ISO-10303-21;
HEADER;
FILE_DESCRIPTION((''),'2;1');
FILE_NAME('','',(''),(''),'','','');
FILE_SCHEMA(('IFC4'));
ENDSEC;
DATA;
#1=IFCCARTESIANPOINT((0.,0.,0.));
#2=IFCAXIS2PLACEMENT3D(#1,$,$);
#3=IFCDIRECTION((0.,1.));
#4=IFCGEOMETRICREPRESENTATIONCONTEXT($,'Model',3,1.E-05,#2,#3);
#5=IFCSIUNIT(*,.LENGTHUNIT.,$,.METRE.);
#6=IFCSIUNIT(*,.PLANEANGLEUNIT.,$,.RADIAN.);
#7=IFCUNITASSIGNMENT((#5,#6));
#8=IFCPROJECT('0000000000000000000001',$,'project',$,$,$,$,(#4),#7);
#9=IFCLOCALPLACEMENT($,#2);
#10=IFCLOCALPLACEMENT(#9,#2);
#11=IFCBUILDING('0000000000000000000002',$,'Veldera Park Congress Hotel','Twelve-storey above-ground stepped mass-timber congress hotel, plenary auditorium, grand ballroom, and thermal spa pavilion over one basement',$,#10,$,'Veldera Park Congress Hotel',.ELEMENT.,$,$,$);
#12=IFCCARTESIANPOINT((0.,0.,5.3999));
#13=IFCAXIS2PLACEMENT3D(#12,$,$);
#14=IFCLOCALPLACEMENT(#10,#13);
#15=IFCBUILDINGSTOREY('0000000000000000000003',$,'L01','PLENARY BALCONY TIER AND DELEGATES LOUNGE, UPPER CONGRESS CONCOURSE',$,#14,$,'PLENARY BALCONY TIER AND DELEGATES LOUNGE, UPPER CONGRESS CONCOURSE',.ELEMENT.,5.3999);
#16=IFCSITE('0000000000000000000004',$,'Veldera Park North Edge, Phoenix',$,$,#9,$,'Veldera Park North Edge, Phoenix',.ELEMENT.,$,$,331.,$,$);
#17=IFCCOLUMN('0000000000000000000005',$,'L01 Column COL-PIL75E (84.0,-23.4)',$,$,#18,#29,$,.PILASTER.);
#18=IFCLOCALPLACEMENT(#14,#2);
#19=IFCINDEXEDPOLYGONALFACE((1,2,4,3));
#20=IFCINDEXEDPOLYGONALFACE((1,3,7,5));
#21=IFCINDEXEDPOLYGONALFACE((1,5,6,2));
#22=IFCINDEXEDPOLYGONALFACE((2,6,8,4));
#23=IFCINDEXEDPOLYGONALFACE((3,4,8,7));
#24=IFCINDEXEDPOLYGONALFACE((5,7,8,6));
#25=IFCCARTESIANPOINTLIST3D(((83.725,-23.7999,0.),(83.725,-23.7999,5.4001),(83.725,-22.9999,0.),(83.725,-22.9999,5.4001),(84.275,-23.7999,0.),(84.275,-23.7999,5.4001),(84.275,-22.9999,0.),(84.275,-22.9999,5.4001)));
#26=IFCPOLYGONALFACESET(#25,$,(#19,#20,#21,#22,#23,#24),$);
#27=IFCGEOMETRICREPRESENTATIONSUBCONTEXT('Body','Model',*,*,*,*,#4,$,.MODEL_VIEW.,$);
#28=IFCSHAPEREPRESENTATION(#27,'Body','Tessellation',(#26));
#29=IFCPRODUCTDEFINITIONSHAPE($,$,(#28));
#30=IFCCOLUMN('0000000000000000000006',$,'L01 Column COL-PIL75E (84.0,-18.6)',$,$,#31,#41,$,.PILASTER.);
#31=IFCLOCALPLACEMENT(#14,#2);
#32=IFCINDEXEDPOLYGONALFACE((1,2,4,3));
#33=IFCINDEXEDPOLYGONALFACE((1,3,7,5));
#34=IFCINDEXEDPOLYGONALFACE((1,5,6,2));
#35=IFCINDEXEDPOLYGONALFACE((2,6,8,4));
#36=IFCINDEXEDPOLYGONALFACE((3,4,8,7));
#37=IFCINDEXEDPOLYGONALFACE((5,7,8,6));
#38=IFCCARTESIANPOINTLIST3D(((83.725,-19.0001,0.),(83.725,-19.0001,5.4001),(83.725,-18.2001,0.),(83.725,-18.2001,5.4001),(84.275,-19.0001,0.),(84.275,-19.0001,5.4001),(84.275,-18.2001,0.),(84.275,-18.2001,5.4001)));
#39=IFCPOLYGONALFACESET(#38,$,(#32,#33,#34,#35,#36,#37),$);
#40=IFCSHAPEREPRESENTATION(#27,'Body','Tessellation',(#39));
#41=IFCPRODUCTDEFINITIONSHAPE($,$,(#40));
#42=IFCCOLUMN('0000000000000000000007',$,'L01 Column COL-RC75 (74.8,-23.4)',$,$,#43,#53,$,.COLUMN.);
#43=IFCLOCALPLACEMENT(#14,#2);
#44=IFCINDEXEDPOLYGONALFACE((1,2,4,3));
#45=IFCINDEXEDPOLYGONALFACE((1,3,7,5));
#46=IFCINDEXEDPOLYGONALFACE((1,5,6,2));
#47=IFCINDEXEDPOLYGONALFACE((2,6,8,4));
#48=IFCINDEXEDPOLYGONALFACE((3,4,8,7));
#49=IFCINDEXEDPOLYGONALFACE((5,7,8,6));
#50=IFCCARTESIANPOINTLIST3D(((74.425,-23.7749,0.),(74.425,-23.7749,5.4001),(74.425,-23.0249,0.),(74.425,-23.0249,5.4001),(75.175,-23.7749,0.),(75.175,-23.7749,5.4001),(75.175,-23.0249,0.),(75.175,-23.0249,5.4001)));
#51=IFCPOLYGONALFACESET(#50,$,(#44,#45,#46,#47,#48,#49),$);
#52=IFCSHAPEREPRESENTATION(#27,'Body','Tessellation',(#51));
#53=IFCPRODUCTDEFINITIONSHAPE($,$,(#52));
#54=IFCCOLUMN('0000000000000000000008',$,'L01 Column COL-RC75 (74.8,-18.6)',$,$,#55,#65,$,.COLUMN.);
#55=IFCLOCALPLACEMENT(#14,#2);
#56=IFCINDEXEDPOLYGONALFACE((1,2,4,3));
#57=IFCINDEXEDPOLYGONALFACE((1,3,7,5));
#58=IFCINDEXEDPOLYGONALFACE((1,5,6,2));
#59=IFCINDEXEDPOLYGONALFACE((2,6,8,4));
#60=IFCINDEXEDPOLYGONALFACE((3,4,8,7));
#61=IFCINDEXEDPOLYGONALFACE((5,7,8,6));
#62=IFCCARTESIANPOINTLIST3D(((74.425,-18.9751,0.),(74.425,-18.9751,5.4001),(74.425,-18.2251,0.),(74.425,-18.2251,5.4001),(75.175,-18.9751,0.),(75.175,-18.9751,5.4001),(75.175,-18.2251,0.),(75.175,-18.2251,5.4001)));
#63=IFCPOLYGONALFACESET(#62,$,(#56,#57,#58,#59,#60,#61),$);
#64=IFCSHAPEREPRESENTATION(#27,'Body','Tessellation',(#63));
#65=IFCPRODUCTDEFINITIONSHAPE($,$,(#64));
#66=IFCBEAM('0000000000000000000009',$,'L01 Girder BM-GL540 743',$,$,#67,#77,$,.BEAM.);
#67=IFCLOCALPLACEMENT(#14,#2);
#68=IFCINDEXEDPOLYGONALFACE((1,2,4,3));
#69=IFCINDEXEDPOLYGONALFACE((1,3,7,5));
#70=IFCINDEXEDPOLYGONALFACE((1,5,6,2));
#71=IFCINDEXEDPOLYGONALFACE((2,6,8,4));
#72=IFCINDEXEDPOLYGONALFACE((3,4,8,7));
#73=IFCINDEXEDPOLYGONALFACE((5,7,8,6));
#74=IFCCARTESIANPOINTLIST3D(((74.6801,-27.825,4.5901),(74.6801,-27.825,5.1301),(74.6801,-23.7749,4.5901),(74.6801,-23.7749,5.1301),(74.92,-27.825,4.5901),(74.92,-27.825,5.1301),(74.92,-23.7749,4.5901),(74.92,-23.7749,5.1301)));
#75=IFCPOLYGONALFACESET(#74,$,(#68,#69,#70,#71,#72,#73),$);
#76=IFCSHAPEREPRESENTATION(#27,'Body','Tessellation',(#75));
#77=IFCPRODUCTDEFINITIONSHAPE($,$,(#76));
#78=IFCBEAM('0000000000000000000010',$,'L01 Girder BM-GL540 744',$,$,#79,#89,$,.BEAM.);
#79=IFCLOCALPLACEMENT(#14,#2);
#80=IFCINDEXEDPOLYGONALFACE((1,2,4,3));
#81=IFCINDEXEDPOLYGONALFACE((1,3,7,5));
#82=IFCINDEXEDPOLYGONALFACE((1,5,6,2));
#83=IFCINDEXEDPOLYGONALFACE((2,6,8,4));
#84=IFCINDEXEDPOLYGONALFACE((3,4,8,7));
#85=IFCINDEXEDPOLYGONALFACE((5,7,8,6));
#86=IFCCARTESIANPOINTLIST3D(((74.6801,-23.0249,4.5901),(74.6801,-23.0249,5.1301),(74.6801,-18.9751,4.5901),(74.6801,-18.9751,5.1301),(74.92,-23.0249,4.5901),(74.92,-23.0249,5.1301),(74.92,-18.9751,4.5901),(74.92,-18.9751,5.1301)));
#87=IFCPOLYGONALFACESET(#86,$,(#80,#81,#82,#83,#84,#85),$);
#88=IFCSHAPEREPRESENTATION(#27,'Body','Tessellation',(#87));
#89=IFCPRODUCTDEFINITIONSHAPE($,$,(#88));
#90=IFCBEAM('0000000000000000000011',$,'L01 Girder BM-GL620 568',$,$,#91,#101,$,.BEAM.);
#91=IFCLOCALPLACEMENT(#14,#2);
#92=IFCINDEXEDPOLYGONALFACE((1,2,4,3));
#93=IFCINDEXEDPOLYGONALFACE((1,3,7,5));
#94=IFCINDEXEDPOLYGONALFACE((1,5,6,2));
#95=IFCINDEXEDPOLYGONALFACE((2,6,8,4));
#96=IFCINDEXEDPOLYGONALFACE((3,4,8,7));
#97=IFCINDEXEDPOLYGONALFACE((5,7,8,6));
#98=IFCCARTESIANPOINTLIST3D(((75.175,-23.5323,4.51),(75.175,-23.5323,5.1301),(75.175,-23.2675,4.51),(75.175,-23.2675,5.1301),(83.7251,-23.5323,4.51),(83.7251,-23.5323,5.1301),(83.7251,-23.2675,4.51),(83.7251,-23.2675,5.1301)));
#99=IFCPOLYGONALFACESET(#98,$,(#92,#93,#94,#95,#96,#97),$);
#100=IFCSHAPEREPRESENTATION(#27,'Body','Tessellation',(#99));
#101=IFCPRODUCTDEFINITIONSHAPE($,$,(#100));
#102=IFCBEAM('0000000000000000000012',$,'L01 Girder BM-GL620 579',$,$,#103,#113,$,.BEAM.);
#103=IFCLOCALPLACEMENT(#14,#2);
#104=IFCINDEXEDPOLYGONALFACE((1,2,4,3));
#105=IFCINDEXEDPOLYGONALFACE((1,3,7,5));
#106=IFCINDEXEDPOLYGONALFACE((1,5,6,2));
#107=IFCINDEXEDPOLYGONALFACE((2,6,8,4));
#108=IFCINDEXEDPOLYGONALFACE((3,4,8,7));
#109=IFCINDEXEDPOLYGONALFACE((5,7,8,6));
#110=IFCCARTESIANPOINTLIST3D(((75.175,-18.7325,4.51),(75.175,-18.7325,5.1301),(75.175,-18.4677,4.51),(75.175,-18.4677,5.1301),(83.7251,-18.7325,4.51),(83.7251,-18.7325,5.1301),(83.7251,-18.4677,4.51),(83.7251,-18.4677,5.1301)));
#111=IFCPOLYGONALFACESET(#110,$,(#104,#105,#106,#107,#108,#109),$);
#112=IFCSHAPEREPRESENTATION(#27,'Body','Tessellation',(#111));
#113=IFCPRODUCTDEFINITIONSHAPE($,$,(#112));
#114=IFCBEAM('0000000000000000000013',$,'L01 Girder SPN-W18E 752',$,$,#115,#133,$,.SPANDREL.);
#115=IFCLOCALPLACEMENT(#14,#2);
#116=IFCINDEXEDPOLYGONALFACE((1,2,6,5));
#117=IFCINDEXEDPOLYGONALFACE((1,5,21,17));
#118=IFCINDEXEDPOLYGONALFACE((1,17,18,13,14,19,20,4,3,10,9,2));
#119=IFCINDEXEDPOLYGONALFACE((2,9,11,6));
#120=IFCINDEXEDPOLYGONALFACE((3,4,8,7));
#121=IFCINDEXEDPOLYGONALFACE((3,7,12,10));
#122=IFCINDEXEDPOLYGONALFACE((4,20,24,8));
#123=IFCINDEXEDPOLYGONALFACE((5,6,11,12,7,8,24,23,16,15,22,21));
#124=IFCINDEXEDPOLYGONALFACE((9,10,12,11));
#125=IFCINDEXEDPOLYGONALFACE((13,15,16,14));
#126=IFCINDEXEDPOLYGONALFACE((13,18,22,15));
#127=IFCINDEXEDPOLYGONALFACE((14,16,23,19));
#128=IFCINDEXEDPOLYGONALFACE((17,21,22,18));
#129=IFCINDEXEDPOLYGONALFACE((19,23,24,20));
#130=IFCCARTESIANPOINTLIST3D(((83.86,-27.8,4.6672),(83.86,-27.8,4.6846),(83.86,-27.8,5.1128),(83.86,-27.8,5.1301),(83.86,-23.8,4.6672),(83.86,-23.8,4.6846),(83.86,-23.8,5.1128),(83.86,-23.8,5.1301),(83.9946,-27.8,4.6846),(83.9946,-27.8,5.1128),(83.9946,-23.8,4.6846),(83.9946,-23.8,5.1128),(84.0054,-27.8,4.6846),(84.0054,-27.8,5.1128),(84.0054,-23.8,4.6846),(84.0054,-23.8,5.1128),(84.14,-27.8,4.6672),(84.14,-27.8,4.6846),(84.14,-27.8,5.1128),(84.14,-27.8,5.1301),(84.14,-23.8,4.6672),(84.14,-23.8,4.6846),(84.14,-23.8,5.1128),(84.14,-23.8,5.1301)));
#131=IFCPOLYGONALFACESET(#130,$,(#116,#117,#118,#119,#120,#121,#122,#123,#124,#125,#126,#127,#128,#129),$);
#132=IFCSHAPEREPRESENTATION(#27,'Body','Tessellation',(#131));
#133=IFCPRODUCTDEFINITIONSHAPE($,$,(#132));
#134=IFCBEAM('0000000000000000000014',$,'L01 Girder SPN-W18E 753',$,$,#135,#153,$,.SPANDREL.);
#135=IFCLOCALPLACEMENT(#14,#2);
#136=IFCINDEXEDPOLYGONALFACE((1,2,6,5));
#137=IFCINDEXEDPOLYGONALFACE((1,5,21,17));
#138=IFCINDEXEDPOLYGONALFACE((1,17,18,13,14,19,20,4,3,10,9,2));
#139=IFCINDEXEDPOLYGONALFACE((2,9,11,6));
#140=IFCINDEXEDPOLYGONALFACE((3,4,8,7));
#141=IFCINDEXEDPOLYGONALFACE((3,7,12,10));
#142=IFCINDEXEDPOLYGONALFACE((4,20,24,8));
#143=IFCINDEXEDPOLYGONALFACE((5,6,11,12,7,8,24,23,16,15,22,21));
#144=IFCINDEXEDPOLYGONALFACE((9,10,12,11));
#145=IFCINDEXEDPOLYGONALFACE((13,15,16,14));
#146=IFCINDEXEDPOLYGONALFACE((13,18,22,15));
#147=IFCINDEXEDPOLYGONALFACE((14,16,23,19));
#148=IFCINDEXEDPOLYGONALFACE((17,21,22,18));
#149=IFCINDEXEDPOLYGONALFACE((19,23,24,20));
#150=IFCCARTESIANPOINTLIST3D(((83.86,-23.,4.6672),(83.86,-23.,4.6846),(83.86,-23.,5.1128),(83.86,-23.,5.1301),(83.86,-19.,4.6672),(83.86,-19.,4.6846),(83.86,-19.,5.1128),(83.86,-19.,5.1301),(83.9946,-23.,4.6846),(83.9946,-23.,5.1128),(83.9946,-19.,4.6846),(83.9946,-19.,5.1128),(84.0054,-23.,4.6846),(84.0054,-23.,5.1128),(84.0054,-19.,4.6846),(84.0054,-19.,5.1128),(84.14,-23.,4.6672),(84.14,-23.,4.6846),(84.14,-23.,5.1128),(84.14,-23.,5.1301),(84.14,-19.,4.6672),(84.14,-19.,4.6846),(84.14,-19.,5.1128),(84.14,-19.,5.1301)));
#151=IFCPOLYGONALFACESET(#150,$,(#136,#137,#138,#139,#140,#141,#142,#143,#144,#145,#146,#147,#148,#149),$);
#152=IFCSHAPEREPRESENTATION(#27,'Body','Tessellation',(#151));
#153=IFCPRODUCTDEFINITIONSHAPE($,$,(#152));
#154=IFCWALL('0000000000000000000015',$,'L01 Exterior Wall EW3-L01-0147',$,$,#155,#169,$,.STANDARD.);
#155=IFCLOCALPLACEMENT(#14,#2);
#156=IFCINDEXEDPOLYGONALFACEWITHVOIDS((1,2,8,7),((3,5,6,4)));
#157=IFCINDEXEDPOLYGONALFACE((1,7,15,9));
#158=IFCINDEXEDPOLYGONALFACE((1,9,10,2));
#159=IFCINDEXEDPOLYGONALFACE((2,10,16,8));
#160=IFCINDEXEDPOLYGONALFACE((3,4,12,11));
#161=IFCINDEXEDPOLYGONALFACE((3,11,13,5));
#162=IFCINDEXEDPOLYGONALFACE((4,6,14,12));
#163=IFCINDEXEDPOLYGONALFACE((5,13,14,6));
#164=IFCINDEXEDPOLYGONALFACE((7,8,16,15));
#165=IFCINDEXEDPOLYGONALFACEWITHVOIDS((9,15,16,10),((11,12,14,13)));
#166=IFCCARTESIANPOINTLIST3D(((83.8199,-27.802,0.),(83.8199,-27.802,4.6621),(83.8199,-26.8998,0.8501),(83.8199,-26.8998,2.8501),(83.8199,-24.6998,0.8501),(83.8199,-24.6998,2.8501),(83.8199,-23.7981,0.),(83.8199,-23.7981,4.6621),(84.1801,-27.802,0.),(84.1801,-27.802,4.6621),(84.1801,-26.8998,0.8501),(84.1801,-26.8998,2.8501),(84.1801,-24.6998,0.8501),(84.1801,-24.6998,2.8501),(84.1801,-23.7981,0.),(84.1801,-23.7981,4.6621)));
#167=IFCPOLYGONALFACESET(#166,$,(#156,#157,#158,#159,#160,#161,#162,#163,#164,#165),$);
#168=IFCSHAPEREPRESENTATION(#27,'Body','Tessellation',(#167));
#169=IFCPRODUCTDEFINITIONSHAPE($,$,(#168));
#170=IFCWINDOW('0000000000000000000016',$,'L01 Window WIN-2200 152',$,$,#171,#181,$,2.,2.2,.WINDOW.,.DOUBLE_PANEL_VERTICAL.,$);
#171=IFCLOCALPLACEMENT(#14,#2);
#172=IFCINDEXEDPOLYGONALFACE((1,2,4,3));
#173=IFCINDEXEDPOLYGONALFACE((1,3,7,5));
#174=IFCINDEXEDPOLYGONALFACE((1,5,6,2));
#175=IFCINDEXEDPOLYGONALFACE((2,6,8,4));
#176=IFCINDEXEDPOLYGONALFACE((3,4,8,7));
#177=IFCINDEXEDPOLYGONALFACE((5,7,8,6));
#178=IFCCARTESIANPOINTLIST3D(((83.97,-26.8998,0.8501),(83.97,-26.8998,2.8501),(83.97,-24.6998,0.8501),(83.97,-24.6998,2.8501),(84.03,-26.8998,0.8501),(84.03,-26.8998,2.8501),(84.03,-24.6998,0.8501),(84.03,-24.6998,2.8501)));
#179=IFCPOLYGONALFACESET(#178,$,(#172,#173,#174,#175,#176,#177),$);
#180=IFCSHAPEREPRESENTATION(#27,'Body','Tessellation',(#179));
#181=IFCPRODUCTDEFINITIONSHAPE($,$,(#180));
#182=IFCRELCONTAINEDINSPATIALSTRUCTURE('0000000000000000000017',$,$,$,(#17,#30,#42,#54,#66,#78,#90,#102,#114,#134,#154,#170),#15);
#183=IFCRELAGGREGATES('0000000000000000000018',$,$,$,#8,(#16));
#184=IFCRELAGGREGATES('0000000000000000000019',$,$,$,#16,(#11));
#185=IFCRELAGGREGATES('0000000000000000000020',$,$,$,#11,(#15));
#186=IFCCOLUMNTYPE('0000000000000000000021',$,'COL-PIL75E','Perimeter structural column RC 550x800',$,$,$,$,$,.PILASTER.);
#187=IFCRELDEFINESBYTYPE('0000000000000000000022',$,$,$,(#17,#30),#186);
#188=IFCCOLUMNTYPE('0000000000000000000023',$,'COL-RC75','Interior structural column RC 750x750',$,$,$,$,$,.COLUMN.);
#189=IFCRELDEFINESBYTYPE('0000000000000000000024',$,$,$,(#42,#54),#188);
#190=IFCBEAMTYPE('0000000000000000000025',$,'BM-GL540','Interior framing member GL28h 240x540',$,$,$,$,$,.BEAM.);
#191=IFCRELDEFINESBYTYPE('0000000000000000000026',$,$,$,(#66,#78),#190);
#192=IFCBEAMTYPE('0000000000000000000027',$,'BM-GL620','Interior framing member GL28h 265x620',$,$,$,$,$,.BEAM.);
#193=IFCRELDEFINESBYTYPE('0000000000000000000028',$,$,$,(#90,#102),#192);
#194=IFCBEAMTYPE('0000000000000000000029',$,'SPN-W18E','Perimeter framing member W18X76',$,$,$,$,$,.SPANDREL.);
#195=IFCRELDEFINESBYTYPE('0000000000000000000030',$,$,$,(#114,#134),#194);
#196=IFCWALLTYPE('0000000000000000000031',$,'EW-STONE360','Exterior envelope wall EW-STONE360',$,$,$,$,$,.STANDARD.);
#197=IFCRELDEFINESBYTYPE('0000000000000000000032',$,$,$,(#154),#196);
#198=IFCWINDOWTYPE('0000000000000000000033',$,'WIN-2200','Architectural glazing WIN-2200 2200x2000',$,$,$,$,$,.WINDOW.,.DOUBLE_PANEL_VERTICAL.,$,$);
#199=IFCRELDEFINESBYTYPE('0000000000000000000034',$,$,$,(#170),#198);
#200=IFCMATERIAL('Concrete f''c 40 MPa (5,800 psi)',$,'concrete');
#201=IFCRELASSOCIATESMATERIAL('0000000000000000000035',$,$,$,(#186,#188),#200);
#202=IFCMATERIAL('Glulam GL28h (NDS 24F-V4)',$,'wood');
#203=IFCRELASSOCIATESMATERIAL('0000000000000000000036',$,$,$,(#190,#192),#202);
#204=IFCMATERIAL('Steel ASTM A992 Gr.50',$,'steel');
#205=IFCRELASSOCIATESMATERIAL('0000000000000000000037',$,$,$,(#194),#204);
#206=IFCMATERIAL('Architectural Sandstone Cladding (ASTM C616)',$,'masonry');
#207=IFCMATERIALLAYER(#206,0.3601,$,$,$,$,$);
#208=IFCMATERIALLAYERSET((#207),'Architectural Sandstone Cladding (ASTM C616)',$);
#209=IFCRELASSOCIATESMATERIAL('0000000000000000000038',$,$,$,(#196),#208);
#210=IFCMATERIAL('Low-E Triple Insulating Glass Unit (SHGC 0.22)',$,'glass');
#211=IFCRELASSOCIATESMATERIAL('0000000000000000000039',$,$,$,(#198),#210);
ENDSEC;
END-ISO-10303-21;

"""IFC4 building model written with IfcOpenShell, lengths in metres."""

from ifc_helpers import new_model, si_unit, direction, frame, frame_2d, origin, origin_2d, place, context, subcontext, project, spatial, rectangle, i_section, extrude, material, layer, layer_set, material_profile, profile_set, type_object, element, fill, save


model = new_model("IFC4")

# Units and contexts
model_context = context("Model", 3, precision=1e-05, world=origin(), true_north=direction((0.0, 1.0)))
body_context = subcontext(model_context, "Body", "Model", "MODEL_VIEW")
ifc_project = project(units=[si_unit("LENGTHUNIT", "METRE"), si_unit("PLANEANGLEUNIT", "RADIAN")], contexts=[model_context])

# Site, building, storey
site_placement = place(None, origin())
site = spatial("IfcSite", under=ifc_project, at=site_placement, Name="Veldera Park North Edge, Phoenix", LongName="Veldera Park North Edge, Phoenix", CompositionType="ELEMENT", RefElevation=331.0)
building_placement = place(site_placement, origin())
building = spatial("IfcBuilding", under=site, at=building_placement, Name="Veldera Park Congress Hotel", Description="Twelve-storey above-ground stepped mass-timber congress hotel, plenary auditorium, grand ballroom, and thermal spa pavilion over one basement", LongName="Veldera Park Congress Hotel", CompositionType="ELEMENT")
storey_placement = place(building_placement, frame((0.0, 0.0, 5.3999)))
storey = spatial("IfcBuildingStorey", under=building, at=storey_placement, Name="L01", Description="PLENARY BALCONY TIER AND DELEGATES LOUNGE, UPPER CONGRESS CONCOURSE", LongName="PLENARY BALCONY TIER AND DELEGATES LOUNGE, UPPER CONGRESS CONCOURSE", CompositionType="ELEMENT", Elevation=5.3999)

# Columns
ifc_material_1 = material(Name="Concrete f'c 40 MPa (5,800 psi)", Category="concrete")
ifc_material_profile_1 = material_profile(ifc_material_1, rectangle(XDim=0.55, YDim=0.8, at=origin_2d()), Name="RC 550x800")
ifc_profile_set_1 = profile_set([ifc_material_profile_1], Name="Concrete f'c 40 MPa (5,800 psi)")
column_type_1 = type_object("IfcColumnType", Name="COL-PIL75E", Description="Perimeter structural column RC 550x800", PredefinedType="PILASTER", material=ifc_profile_set_1)
for number, where, z_axis, x_axis, name in (
    (1, (84.0, -23.3999, 0.0), (0.0, 0.0, 1.0), (1.0, 0.0, 0.0), "L01 Column COL-PIL75E (84.0,-23.4)"),
    (2, (84.0, -18.6001, 0.0), (0.0, 0.0, 1.0), (1.0, 0.0, 0.0), "L01 Column COL-PIL75E (84.0,-18.6)"),
):
    element("IfcColumn", number, at=place(storey_placement, frame(where, z_axis=z_axis, x_axis=x_axis)), inside=storey, type_object=column_type_1, Name=name, PredefinedType="PILASTER", context=body_context, shape_type="SweptSolid", body=[
        extrude(rectangle(XDim=0.55, YDim=0.8, at=origin_2d()), origin(), (0.0, 0.0, 1.0), 5.4001),
    ])
ifc_material_profile_2 = material_profile(ifc_material_1, rectangle(XDim=0.75, YDim=0.75, at=origin_2d()), Name="RC 750x750")
ifc_profile_set_2 = profile_set([ifc_material_profile_2], Name="Concrete f'c 40 MPa (5,800 psi)")
column_type_2 = type_object("IfcColumnType", Name="COL-RC75", Description="Interior structural column RC 750x750", PredefinedType="COLUMN", material=ifc_profile_set_2)
for number, where, z_axis, x_axis, name in (
    (3, (74.8, -23.3999, 0.0), (0.0, 0.0, 1.0), (1.0, 0.0, 0.0), "L01 Column COL-RC75 (74.8,-23.4)"),
    (4, (74.8, -18.6001, 0.0), (0.0, 0.0, 1.0), (1.0, 0.0, 0.0), "L01 Column COL-RC75 (74.8,-18.6)"),
):
    element("IfcColumn", number, at=place(storey_placement, frame(where, z_axis=z_axis, x_axis=x_axis)), inside=storey, type_object=column_type_2, Name=name, PredefinedType="COLUMN", context=body_context, shape_type="SweptSolid", body=[
        extrude(rectangle(XDim=0.75, YDim=0.75, at=origin_2d()), origin(), (0.0, 0.0, 1.0), 5.4001),
    ])

# Beams
ifc_material_2 = material(Name="Glulam GL28h (NDS 24F-V4)", Category="wood")
ifc_material_profile_3 = material_profile(ifc_material_2, rectangle(XDim=0.24, YDim=0.54, at=origin_2d()), Name="GL28h 240x540")
ifc_profile_set_3 = profile_set([ifc_material_profile_3], Name="Glulam GL28h (NDS 24F-V4)")
beam_type_1 = type_object("IfcBeamType", Name="BM-GL540", Description="Interior framing member GL28h 240x540", PredefinedType="BEAM", material=ifc_profile_set_3)
beam_1_placement = place(storey_placement, frame((74.8, -27.825, 4.8601), z_axis=(0.0, 1.0, 0.0), x_axis=(-1.0, 0.0, 0.0)))
element("IfcBeam", 5, at=beam_1_placement, inside=storey, type_object=beam_type_1, Name="L01 Girder BM-GL540 743", PredefinedType="BEAM", context=body_context, shape_type="SweptSolid", body=[
    extrude(rectangle(XDim=0.24, YDim=0.54, at=origin_2d()), origin(), (0.0, 0.0, 1.0), 4.05),
])
beam_2_placement = place(storey_placement, frame((74.8, -23.0249, 4.8601), z_axis=(0.0, 1.0, 0.0), x_axis=(-1.0, 0.0, 0.0)))
element("IfcBeam", 6, at=beam_2_placement, inside=storey, type_object=beam_type_1, Name="L01 Girder BM-GL540 744", PredefinedType="BEAM", context=body_context, shape_type="SweptSolid", body=[
    extrude(rectangle(XDim=0.24, YDim=0.54, at=origin_2d()), origin(), (0.0, 0.0, 1.0), 4.0498),
])
ifc_material_profile_4 = material_profile(ifc_material_2, rectangle(XDim=0.2649, YDim=0.6201, at=origin_2d()), Name="GL28h 265x620")
ifc_profile_set_4 = profile_set([ifc_material_profile_4], Name="Glulam GL28h (NDS 24F-V4)")
beam_type_2 = type_object("IfcBeamType", Name="BM-GL620", Description="Interior framing member GL28h 265x620", PredefinedType="BEAM", material=ifc_profile_set_4)
for number, where, z_axis, x_axis, name in (
    (7, (75.175, -23.3999, 4.8201), (1.0, 0.0, 0.0), (0.0, 1.0, 0.0), "L01 Girder BM-GL620 568"),
    (8, (75.175, -18.6001, 4.8201), (1.0, 0.0, 0.0), (0.0, 1.0, 0.0), "L01 Girder BM-GL620 579"),
):
    element("IfcBeam", number, at=place(storey_placement, frame(where, z_axis=z_axis, x_axis=x_axis)), inside=storey, type_object=beam_type_2, Name=name, PredefinedType="BEAM", context=body_context, shape_type="SweptSolid", body=[
        extrude(rectangle(XDim=0.2649, YDim=0.6201, at=origin_2d()), origin(), (0.0, 0.0, 1.0), 8.55),
    ])
ifc_material_3 = material(Name="Steel ASTM A992 Gr.50", Category="steel")
ifc_material_profile_5 = material_profile(ifc_material_3, i_section(OverallWidth=0.28, OverallDepth=0.4629, WebThickness=0.0107, FlangeThickness=0.0173, at=origin_2d()), Name="W18X76")
ifc_profile_set_5 = profile_set([ifc_material_profile_5], Name="Steel ASTM A992 Gr.50")
beam_type_3 = type_object("IfcBeamType", Name="SPN-W18E", Description="Perimeter framing member W18X76", PredefinedType="SPANDREL", material=ifc_profile_set_5)
for number, where, z_axis, x_axis, name in (
    (9, (84.0, -27.8, 4.8987), (0.0, 1.0, 0.0), (-1.0, 0.0, 0.0), "L01 Girder SPN-W18E 752"),
    (10, (84.0, -23.0, 4.8987), (0.0, 1.0, 0.0), (-1.0, 0.0, 0.0), "L01 Girder SPN-W18E 753"),
):
    element("IfcBeam", number, at=place(storey_placement, frame(where, z_axis=z_axis, x_axis=x_axis)), inside=storey, type_object=beam_type_3, Name=name, PredefinedType="SPANDREL", context=body_context, shape_type="SweptSolid", body=[
        extrude(i_section(OverallWidth=0.28, OverallDepth=0.4629, WebThickness=0.0107, FlangeThickness=0.0173, at=origin_2d()), origin(), (0.0, 0.0, 1.0), 4.0),
    ])

# Wall, opening, window
ifc_material_4 = material(Name="Architectural Sandstone Cladding (ASTM C616)", Category="masonry")
ifc_layer = layer(ifc_material_4, 0.3601)
ifc_layer_set = layer_set([ifc_layer], Name="Architectural Sandstone Cladding (ASTM C616)")
wall_type = type_object("IfcWallType", Name="EW-STONE360", Description="Exterior envelope wall EW-STONE360", PredefinedType="STANDARD", material=ifc_layer_set)
wall_1_placement = place(storey_placement, frame((84.0, -27.802, 0.0), z_axis=(0.0, 0.0, 1.0), x_axis=(0.0, 1.0, 0.0)))
wall_1 = element("IfcWall", 11, at=wall_1_placement, inside=storey, type_object=wall_type, Name="L01 Exterior Wall EW3-L01-0147", PredefinedType="STANDARD", context=body_context, shape_type="SweptSolid", body=[
    extrude(rectangle(XDim=4.0039, YDim=0.3601, at=frame_2d((2.002, 0.0))), origin(), (0.0, 0.0, 1.0), 4.6621),
])
opening_1_placement = place(wall_1_placement, frame((0.9021, 0.0, 0.8501)))
opening_1 = element("IfcOpeningElement", 12, at=opening_1_placement, cuts=wall_1, PredefinedType="OPENING", context=body_context, shape_type="SweptSolid", body=[
    extrude(rectangle(XDim=2.2, YDim=2.0, at=frame_2d((1.1001, 1.0))), frame((0.0, 0.1921, 0.0), z_axis=(0.0, -1.0, 0.0), x_axis=(1.0, 0.0, 0.0)), (0.0, 0.0, 1.0), 0.384),
])
ifc_material_5 = material(Name="Low-E Triple Insulating Glass Unit (SHGC 0.22)", Category="glass")
window_type = type_object("IfcWindowType", Name="WIN-2200", Description="Architectural glazing WIN-2200 2200x2000", PartitioningType="DOUBLE_PANEL_VERTICAL", PredefinedType="WINDOW", material=ifc_material_5)
window_1_placement = place(opening_1_placement, origin())
window_1 = element("IfcWindow", 13, at=window_1_placement, inside=storey, type_object=window_type, Name="L01 Window WIN-2200 152", OverallHeight=2.0, OverallWidth=2.2, PartitioningType="DOUBLE_PANEL_VERTICAL", PredefinedType="WINDOW", context=body_context, shape_type="SweptSolid", body=[
    extrude(rectangle(XDim=2.2, YDim=2.0, at=frame_2d((1.1001, 1.0))), frame((0.0, 0.03, 0.0), z_axis=(0.0, -1.0, 0.0), x_axis=(1.0, 0.0, 0.0)), (0.0, 0.0, 1.0), 0.0601),
])
fill(opening_1, window_1)

save(model, "model.ifc")
